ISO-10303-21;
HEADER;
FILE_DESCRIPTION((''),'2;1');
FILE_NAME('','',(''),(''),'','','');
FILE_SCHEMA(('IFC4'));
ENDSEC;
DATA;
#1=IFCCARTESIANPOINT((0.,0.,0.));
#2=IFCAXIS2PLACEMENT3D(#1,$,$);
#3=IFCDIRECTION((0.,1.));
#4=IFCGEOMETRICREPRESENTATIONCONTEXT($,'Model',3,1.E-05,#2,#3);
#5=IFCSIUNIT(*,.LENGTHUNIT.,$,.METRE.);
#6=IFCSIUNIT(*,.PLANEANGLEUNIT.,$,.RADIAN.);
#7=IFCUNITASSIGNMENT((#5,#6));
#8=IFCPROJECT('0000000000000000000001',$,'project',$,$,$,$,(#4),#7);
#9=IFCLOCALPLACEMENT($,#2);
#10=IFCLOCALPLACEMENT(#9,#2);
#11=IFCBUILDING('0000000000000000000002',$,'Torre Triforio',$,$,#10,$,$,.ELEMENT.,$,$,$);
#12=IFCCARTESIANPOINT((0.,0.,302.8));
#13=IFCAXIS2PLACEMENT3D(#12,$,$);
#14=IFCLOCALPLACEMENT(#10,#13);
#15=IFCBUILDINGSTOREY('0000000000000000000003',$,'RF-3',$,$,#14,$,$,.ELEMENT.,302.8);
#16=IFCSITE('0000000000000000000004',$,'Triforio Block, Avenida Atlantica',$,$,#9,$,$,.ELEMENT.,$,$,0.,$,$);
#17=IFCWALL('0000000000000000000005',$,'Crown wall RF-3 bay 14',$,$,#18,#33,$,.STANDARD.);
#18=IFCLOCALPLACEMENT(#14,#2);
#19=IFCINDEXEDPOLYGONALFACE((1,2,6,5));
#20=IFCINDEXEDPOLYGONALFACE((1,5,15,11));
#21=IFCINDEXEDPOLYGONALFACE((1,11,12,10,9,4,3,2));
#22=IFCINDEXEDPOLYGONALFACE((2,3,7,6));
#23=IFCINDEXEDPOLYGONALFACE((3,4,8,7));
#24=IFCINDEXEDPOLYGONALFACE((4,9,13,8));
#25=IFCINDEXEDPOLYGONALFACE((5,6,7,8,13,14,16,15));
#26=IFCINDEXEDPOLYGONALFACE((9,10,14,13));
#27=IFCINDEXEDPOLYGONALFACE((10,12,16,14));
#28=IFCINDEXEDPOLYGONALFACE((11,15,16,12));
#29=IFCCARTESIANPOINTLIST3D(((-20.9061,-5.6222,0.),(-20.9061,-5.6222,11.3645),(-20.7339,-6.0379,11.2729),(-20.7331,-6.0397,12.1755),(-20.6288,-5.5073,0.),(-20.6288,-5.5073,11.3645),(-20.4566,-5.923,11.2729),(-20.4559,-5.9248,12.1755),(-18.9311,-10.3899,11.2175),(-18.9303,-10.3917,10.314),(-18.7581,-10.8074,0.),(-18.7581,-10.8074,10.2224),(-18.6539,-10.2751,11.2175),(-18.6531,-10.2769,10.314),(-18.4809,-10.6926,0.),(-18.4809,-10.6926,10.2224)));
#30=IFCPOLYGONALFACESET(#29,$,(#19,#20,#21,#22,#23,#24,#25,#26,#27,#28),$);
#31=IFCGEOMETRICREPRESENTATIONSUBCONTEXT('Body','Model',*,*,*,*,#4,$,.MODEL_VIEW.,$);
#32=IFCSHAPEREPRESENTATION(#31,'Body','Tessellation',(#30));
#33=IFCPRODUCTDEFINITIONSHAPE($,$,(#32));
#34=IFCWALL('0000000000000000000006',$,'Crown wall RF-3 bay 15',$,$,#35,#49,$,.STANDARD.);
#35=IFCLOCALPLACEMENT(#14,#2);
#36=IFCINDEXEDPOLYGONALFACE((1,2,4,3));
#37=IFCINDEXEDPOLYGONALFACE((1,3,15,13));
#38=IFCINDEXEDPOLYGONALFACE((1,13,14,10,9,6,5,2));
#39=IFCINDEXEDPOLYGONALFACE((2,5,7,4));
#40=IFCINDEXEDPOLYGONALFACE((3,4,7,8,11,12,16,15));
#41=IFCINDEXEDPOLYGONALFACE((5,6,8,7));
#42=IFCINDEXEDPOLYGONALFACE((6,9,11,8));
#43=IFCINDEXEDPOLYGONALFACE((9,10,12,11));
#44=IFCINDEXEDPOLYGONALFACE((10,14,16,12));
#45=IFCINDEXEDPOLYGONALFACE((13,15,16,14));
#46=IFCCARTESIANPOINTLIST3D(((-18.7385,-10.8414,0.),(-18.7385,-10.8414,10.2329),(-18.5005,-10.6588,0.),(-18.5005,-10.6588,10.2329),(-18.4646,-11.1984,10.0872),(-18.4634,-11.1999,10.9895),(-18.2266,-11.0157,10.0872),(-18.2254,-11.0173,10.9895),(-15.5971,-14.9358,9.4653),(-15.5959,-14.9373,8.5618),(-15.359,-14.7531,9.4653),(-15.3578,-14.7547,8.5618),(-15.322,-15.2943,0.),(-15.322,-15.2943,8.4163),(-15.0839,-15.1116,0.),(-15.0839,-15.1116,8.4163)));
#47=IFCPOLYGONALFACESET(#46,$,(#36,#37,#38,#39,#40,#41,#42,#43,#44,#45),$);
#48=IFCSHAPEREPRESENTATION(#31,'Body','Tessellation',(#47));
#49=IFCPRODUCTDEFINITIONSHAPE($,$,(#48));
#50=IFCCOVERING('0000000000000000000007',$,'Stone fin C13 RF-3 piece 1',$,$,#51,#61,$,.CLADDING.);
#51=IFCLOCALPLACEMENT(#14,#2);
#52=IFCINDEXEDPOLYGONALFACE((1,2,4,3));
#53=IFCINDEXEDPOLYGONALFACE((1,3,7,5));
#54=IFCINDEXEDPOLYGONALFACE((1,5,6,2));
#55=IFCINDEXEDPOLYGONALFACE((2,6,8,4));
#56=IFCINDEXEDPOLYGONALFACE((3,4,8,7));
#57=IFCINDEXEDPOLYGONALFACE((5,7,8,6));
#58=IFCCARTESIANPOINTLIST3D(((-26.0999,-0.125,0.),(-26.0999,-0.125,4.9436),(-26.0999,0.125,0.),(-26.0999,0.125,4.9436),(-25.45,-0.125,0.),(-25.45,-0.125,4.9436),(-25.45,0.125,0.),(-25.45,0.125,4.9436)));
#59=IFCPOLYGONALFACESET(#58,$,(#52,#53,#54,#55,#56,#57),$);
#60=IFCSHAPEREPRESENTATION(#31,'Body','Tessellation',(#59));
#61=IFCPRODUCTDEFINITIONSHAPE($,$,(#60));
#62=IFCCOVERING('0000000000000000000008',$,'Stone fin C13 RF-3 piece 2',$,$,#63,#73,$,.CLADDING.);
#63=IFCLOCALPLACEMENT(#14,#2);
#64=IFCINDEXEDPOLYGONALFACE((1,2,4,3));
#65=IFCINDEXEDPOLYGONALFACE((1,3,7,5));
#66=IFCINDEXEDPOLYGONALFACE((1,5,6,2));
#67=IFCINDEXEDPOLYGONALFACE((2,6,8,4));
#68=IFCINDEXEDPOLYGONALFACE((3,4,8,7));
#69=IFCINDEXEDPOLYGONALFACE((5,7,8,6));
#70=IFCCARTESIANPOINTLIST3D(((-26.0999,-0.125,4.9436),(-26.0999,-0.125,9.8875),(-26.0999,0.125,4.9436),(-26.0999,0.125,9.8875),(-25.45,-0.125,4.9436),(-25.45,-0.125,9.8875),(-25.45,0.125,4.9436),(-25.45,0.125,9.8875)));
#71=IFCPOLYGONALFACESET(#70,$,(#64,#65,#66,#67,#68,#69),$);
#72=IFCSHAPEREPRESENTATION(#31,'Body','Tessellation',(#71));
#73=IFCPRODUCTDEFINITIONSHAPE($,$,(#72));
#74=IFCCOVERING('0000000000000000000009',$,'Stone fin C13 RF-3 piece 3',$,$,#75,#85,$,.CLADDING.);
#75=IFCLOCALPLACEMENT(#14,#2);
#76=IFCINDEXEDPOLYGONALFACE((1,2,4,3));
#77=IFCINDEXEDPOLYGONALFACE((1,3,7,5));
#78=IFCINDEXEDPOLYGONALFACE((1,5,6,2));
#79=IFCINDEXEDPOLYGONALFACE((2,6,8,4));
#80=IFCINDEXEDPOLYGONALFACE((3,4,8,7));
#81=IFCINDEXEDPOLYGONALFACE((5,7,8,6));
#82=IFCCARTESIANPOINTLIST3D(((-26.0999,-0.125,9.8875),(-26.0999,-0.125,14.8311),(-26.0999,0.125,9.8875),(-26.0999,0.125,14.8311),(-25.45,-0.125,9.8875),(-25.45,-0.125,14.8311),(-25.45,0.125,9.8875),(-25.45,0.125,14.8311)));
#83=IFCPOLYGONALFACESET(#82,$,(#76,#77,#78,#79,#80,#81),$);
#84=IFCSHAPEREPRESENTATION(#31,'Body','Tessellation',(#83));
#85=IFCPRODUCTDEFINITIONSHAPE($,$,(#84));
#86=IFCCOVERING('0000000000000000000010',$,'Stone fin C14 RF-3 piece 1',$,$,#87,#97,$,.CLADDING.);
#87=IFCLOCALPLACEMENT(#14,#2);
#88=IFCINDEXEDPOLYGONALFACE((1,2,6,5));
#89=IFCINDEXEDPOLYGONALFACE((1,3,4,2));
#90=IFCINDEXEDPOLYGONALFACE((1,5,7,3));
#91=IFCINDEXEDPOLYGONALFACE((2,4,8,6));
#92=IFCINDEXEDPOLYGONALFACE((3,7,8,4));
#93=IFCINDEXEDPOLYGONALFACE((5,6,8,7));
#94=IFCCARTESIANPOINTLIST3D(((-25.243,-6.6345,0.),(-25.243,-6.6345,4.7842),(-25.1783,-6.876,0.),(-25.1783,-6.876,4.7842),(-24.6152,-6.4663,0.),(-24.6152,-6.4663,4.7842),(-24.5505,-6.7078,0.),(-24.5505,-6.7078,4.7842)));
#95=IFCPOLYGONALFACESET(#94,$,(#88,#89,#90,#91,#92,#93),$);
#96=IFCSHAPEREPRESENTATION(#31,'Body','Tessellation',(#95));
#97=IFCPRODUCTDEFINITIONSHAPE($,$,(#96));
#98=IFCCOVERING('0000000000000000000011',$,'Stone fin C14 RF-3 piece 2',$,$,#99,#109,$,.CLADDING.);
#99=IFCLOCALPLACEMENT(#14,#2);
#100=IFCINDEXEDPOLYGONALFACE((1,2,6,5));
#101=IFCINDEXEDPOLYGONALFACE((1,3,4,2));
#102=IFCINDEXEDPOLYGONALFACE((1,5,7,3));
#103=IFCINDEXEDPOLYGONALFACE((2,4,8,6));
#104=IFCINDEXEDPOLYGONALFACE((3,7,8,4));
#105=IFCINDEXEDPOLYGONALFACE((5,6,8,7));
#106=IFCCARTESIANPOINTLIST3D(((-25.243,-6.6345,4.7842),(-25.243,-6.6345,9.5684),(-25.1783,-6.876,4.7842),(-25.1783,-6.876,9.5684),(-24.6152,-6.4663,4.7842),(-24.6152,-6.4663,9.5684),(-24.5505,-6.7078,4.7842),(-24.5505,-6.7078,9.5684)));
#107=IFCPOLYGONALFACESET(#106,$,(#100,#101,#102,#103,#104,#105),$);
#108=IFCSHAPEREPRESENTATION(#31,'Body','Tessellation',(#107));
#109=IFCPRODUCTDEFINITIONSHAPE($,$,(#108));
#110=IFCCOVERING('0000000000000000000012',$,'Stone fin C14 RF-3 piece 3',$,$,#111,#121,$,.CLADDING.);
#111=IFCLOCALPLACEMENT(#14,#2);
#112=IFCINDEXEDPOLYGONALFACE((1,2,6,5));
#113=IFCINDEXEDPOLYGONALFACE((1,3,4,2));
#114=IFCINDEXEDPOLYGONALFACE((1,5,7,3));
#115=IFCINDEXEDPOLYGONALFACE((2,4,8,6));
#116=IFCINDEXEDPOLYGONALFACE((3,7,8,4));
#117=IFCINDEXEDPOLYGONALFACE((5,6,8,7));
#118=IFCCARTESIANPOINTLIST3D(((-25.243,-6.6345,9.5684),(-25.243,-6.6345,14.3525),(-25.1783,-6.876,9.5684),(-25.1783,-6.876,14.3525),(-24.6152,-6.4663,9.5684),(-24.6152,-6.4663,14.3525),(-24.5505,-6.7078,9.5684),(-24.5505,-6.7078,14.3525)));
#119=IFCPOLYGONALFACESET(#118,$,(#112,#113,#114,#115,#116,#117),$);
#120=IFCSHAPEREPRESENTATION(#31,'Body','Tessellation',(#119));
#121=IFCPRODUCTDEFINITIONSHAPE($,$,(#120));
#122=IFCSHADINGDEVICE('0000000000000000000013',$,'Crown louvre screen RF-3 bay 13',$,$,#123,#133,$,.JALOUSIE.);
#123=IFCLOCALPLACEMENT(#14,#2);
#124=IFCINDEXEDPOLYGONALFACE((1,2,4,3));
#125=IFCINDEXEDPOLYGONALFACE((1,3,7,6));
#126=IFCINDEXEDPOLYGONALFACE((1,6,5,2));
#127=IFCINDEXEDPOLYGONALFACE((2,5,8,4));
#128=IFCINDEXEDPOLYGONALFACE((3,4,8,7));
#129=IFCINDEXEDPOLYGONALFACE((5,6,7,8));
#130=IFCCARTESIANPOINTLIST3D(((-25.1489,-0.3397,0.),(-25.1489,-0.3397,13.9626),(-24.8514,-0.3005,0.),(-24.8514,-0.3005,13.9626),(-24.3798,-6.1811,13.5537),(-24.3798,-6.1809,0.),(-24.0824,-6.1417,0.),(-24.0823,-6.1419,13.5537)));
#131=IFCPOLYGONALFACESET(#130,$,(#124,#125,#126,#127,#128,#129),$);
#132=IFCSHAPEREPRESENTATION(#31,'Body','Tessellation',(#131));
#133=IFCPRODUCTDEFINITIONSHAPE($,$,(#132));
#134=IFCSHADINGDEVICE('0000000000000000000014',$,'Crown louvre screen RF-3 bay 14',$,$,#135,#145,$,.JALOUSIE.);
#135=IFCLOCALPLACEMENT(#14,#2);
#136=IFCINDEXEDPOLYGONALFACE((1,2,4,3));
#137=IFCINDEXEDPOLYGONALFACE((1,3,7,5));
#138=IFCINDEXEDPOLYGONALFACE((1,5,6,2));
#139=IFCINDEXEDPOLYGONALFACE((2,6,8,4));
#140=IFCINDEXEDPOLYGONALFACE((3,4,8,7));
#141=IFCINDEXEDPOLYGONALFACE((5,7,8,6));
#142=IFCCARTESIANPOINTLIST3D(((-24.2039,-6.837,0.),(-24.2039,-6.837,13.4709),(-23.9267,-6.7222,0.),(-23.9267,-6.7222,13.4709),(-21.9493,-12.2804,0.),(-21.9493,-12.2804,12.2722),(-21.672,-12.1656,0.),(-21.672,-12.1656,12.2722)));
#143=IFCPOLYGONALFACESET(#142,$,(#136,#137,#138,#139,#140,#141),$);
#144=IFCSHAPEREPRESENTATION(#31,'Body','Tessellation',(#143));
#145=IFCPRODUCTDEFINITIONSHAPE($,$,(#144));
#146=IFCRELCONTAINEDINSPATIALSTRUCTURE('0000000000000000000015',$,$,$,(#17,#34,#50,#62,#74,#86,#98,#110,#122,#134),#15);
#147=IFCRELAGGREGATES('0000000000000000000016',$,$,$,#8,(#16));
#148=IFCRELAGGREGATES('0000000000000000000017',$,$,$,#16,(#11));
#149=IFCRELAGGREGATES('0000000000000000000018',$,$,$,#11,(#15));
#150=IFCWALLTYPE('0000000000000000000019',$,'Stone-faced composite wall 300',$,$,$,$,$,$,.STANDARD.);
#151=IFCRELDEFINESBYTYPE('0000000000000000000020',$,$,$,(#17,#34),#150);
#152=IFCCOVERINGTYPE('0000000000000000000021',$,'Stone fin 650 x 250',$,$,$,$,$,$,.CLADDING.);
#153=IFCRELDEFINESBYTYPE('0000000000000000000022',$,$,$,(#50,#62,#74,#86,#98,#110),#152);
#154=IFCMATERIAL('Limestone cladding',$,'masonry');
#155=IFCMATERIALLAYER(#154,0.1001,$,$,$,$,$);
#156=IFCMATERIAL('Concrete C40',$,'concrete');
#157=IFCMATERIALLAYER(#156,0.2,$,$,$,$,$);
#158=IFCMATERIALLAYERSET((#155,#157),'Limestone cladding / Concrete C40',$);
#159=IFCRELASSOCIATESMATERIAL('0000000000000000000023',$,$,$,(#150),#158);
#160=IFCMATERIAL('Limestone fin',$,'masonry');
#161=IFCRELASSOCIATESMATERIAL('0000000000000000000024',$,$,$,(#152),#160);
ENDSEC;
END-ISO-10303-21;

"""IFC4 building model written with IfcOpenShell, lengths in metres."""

from ifc_helpers import new_model, si_unit, direction, frame, origin, origin_2d, place, context, subcontext, project, spatial, polyline, rectangle, outline, extrude, material, layer, layer_set, material_profile, profile_set, type_object, element, save


model = new_model("IFC4")

# Units and contexts
model_context = context("Model", 3, precision=1e-05, world=origin(), true_north=direction((0.0, 1.0)))
body_context = subcontext(model_context, "Body", "Model", "MODEL_VIEW")
ifc_project = project(units=[si_unit("LENGTHUNIT", "METRE"), si_unit("PLANEANGLEUNIT", "RADIAN")], contexts=[model_context])

# Site, building, storey
site_placement = place(None, origin())
site = spatial("IfcSite", under=ifc_project, at=site_placement, Name="Triforio Block, Avenida Atlantica", CompositionType="ELEMENT", RefElevation=0.0)
building_placement = place(site_placement, origin())
building = spatial("IfcBuilding", under=site, at=building_placement, Name="Torre Triforio", CompositionType="ELEMENT")
storey_placement = place(building_placement, frame((0.0, 0.0, 302.8)))
storey = spatial("IfcBuildingStorey", under=building, at=storey_placement, Name="RF-3", CompositionType="ELEMENT", Elevation=302.8)

# Shared definitions
ifc_material_1 = material(Name="Concrete C40", Category="concrete")

# Walls
ifc_material_2 = material(Name="Limestone cladding", Category="masonry")
ifc_layer_1 = layer(ifc_material_2, 0.1001)
ifc_layer_2 = layer(ifc_material_1, 0.2)
ifc_layer_set_1 = layer_set([ifc_layer_1, ifc_layer_2], Name="Limestone cladding / Concrete C40")
wall_type_1 = type_object("IfcWallType", Name="Stone-faced composite wall 300", PredefinedType="STANDARD", material=ifc_layer_set_1)
wall_1_placement = place(storey_placement, frame((-20.7673, -5.5647, 0.0), z_axis=(0.0, 0.0, 1.0), x_axis=(0.382703, -0.923872, 0.0)))
element("IfcWall", 1, at=wall_1_placement, inside=storey, type_object=wall_type_1, Name="Crown wall RF-3 bay 14", PredefinedType="STANDARD", context=body_context, shape_type="SweptSolid", body=[
    extrude(outline(polyline([(0.0, 0.0), (5.6125, 0.0), (5.6125, 10.2224), (5.1626, 10.314), (5.1606, 11.2175), (0.4519, 12.1755), (0.45, 11.2729), (0.0, 11.3645), (0.0, 0.0)])), frame((0.0, 0.1499, 0.0), z_axis=(0.0, -1.0, 0.0), x_axis=(1.0, 0.0, 0.0)), (0.0, 0.0, 1.0), 0.3),
])
wall_2_placement = place(storey_placement, frame((-18.6194, -10.75, 0.0), z_axis=(0.0, 0.0, 1.0), x_axis=(0.608726, -0.79338, 0.0)))
element("IfcWall", 2, at=wall_2_placement, inside=storey, type_object=wall_type_1, Name="Crown wall RF-3 bay 15", PredefinedType="STANDARD", context=body_context, shape_type="SweptSolid", body=[
    extrude(outline(polyline([(0.0, 0.0), (5.6125, 0.0), (5.6125, 8.4163), (5.1626, 8.5618), (5.1606, 9.4653), (0.4519, 10.9895), (0.45, 10.0872), (0.0, 10.2329), (0.0, 0.0)])), frame((0.0, 0.1499, 0.0), z_axis=(0.0, -1.0, 0.0), x_axis=(1.0, 0.0, 0.0)), (0.0, 0.0, 1.0), 0.3),
])

# Coverings
ifc_material_3 = material(Name="Limestone fin", Category="masonry")
ifc_material_profile_1 = material_profile(ifc_material_3, rectangle(XDim=0.6499, YDim=0.25, at=origin_2d()), Name="FIN 650x250")
ifc_profile_set_1 = profile_set([ifc_material_profile_1], Name="Limestone fin")
covering_type = type_object("IfcCoveringType", Name="Stone fin 650 x 250", PredefinedType="CLADDING", material=ifc_profile_set_1)
covering_1_placement = place(storey_placement, frame((-25.7749, 0.0, 0.0), z_axis=(0.0, 0.0, 1.0), x_axis=(-1.0, 0.0, 0.0)))
element("IfcCovering", 3, at=covering_1_placement, inside=storey, type_object=covering_type, Name="Stone fin C13 RF-3 piece 1", PredefinedType="CLADDING", context=body_context, shape_type="SweptSolid", body=[
    extrude(rectangle(XDim=0.6499, YDim=0.25, at=origin_2d()), origin(), (0.0, 0.0, 1.0), 4.9436),
])
covering_2_placement = place(storey_placement, frame((-25.7749, 0.0, 4.9436), z_axis=(0.0, 0.0, 1.0), x_axis=(-1.0, 0.0, 0.0)))
element("IfcCovering", 4, at=covering_2_placement, inside=storey, type_object=covering_type, Name="Stone fin C13 RF-3 piece 2", PredefinedType="CLADDING", context=body_context, shape_type="SweptSolid", body=[
    extrude(rectangle(XDim=0.6499, YDim=0.25, at=origin_2d()), origin(), (0.0, 0.0, 1.0), 4.9438),
])
covering_3_placement = place(storey_placement, frame((-25.7749, 0.0, 9.8875), z_axis=(0.0, 0.0, 1.0), x_axis=(-1.0, 0.0, 0.0)))
element("IfcCovering", 5, at=covering_3_placement, inside=storey, type_object=covering_type, Name="Stone fin C13 RF-3 piece 3", PredefinedType="CLADDING", context=body_context, shape_type="SweptSolid", body=[
    extrude(rectangle(XDim=0.6499, YDim=0.25, at=origin_2d()), origin(), (0.0, 0.0, 1.0), 4.9436),
])
for number, where, z_axis, x_axis, name in (
    (6, (-24.8967, -6.6711, 0.0), (0.0, 0.0, 1.0), (-0.965926, -0.258819, 0.0), "Stone fin C14 RF-3 piece 1"),
    (7, (-24.8967, -6.6711, 4.7842), (0.0, 0.0, 1.0), (-0.965926, -0.258819, 0.0), "Stone fin C14 RF-3 piece 2"),
    (8, (-24.8967, -6.6711, 9.5684), (0.0, 0.0, 1.0), (-0.965926, -0.258819, 0.0), "Stone fin C14 RF-3 piece 3"),
):
    element("IfcCovering", number, at=place(storey_placement, frame(where, z_axis=z_axis, x_axis=x_axis)), inside=storey, type_object=covering_type, Name=name, PredefinedType="CLADDING", context=body_context, shape_type="SweptSolid", body=[
        extrude(rectangle(XDim=0.6499, YDim=0.25, at=origin_2d()), origin(), (0.0, 0.0, 1.0), 4.7842),
    ])

# Shading devices
shading_device_1_placement = place(storey_placement, frame((-25.0, -0.3201, 0.0), z_axis=(0.0, 0.0, 1.0), x_axis=(0.13053, -0.991444, 0.0)))
element("IfcShadingDevice", 9, at=shading_device_1_placement, inside=storey, Name="Crown louvre screen RF-3 bay 13", PredefinedType="JALOUSIE", context=body_context, shape_type="SweptSolid", body=[
    extrude(outline(polyline([(0.0, 0.0), (5.8916, 0.0), (5.8918, 13.5537), (0.0, 13.9626), (0.0, 0.0)])), frame((0.0, 0.1499, 0.0), z_axis=(0.0, -1.0, 0.0), x_axis=(1.0, 0.0, 0.0)), (0.0, 0.0, 1.0), 0.3),
])
shading_device_2_placement = place(storey_placement, frame((-24.0652, -6.7795, 0.0), z_axis=(0.0, 0.0, 1.0), x_axis=(0.382673, -0.923884, 0.0)))
element("IfcShadingDevice", 10, at=shading_device_2_placement, inside=storey, Name="Crown louvre screen RF-3 bay 14", PredefinedType="JALOUSIE", context=body_context, shape_type="SweptSolid", body=[
    extrude(outline(polyline([(0.0, 0.0), (5.8918, 0.0), (5.8918, 12.2722), (0.0, 13.4709), (0.0, 0.0)])), frame((0.0, 0.1499, 0.0), z_axis=(0.0, -1.0, 0.0), x_axis=(1.0, 0.0, 0.0)), (0.0, 0.0, 1.0), 0.3),
])

save(model, "model.ifc")
